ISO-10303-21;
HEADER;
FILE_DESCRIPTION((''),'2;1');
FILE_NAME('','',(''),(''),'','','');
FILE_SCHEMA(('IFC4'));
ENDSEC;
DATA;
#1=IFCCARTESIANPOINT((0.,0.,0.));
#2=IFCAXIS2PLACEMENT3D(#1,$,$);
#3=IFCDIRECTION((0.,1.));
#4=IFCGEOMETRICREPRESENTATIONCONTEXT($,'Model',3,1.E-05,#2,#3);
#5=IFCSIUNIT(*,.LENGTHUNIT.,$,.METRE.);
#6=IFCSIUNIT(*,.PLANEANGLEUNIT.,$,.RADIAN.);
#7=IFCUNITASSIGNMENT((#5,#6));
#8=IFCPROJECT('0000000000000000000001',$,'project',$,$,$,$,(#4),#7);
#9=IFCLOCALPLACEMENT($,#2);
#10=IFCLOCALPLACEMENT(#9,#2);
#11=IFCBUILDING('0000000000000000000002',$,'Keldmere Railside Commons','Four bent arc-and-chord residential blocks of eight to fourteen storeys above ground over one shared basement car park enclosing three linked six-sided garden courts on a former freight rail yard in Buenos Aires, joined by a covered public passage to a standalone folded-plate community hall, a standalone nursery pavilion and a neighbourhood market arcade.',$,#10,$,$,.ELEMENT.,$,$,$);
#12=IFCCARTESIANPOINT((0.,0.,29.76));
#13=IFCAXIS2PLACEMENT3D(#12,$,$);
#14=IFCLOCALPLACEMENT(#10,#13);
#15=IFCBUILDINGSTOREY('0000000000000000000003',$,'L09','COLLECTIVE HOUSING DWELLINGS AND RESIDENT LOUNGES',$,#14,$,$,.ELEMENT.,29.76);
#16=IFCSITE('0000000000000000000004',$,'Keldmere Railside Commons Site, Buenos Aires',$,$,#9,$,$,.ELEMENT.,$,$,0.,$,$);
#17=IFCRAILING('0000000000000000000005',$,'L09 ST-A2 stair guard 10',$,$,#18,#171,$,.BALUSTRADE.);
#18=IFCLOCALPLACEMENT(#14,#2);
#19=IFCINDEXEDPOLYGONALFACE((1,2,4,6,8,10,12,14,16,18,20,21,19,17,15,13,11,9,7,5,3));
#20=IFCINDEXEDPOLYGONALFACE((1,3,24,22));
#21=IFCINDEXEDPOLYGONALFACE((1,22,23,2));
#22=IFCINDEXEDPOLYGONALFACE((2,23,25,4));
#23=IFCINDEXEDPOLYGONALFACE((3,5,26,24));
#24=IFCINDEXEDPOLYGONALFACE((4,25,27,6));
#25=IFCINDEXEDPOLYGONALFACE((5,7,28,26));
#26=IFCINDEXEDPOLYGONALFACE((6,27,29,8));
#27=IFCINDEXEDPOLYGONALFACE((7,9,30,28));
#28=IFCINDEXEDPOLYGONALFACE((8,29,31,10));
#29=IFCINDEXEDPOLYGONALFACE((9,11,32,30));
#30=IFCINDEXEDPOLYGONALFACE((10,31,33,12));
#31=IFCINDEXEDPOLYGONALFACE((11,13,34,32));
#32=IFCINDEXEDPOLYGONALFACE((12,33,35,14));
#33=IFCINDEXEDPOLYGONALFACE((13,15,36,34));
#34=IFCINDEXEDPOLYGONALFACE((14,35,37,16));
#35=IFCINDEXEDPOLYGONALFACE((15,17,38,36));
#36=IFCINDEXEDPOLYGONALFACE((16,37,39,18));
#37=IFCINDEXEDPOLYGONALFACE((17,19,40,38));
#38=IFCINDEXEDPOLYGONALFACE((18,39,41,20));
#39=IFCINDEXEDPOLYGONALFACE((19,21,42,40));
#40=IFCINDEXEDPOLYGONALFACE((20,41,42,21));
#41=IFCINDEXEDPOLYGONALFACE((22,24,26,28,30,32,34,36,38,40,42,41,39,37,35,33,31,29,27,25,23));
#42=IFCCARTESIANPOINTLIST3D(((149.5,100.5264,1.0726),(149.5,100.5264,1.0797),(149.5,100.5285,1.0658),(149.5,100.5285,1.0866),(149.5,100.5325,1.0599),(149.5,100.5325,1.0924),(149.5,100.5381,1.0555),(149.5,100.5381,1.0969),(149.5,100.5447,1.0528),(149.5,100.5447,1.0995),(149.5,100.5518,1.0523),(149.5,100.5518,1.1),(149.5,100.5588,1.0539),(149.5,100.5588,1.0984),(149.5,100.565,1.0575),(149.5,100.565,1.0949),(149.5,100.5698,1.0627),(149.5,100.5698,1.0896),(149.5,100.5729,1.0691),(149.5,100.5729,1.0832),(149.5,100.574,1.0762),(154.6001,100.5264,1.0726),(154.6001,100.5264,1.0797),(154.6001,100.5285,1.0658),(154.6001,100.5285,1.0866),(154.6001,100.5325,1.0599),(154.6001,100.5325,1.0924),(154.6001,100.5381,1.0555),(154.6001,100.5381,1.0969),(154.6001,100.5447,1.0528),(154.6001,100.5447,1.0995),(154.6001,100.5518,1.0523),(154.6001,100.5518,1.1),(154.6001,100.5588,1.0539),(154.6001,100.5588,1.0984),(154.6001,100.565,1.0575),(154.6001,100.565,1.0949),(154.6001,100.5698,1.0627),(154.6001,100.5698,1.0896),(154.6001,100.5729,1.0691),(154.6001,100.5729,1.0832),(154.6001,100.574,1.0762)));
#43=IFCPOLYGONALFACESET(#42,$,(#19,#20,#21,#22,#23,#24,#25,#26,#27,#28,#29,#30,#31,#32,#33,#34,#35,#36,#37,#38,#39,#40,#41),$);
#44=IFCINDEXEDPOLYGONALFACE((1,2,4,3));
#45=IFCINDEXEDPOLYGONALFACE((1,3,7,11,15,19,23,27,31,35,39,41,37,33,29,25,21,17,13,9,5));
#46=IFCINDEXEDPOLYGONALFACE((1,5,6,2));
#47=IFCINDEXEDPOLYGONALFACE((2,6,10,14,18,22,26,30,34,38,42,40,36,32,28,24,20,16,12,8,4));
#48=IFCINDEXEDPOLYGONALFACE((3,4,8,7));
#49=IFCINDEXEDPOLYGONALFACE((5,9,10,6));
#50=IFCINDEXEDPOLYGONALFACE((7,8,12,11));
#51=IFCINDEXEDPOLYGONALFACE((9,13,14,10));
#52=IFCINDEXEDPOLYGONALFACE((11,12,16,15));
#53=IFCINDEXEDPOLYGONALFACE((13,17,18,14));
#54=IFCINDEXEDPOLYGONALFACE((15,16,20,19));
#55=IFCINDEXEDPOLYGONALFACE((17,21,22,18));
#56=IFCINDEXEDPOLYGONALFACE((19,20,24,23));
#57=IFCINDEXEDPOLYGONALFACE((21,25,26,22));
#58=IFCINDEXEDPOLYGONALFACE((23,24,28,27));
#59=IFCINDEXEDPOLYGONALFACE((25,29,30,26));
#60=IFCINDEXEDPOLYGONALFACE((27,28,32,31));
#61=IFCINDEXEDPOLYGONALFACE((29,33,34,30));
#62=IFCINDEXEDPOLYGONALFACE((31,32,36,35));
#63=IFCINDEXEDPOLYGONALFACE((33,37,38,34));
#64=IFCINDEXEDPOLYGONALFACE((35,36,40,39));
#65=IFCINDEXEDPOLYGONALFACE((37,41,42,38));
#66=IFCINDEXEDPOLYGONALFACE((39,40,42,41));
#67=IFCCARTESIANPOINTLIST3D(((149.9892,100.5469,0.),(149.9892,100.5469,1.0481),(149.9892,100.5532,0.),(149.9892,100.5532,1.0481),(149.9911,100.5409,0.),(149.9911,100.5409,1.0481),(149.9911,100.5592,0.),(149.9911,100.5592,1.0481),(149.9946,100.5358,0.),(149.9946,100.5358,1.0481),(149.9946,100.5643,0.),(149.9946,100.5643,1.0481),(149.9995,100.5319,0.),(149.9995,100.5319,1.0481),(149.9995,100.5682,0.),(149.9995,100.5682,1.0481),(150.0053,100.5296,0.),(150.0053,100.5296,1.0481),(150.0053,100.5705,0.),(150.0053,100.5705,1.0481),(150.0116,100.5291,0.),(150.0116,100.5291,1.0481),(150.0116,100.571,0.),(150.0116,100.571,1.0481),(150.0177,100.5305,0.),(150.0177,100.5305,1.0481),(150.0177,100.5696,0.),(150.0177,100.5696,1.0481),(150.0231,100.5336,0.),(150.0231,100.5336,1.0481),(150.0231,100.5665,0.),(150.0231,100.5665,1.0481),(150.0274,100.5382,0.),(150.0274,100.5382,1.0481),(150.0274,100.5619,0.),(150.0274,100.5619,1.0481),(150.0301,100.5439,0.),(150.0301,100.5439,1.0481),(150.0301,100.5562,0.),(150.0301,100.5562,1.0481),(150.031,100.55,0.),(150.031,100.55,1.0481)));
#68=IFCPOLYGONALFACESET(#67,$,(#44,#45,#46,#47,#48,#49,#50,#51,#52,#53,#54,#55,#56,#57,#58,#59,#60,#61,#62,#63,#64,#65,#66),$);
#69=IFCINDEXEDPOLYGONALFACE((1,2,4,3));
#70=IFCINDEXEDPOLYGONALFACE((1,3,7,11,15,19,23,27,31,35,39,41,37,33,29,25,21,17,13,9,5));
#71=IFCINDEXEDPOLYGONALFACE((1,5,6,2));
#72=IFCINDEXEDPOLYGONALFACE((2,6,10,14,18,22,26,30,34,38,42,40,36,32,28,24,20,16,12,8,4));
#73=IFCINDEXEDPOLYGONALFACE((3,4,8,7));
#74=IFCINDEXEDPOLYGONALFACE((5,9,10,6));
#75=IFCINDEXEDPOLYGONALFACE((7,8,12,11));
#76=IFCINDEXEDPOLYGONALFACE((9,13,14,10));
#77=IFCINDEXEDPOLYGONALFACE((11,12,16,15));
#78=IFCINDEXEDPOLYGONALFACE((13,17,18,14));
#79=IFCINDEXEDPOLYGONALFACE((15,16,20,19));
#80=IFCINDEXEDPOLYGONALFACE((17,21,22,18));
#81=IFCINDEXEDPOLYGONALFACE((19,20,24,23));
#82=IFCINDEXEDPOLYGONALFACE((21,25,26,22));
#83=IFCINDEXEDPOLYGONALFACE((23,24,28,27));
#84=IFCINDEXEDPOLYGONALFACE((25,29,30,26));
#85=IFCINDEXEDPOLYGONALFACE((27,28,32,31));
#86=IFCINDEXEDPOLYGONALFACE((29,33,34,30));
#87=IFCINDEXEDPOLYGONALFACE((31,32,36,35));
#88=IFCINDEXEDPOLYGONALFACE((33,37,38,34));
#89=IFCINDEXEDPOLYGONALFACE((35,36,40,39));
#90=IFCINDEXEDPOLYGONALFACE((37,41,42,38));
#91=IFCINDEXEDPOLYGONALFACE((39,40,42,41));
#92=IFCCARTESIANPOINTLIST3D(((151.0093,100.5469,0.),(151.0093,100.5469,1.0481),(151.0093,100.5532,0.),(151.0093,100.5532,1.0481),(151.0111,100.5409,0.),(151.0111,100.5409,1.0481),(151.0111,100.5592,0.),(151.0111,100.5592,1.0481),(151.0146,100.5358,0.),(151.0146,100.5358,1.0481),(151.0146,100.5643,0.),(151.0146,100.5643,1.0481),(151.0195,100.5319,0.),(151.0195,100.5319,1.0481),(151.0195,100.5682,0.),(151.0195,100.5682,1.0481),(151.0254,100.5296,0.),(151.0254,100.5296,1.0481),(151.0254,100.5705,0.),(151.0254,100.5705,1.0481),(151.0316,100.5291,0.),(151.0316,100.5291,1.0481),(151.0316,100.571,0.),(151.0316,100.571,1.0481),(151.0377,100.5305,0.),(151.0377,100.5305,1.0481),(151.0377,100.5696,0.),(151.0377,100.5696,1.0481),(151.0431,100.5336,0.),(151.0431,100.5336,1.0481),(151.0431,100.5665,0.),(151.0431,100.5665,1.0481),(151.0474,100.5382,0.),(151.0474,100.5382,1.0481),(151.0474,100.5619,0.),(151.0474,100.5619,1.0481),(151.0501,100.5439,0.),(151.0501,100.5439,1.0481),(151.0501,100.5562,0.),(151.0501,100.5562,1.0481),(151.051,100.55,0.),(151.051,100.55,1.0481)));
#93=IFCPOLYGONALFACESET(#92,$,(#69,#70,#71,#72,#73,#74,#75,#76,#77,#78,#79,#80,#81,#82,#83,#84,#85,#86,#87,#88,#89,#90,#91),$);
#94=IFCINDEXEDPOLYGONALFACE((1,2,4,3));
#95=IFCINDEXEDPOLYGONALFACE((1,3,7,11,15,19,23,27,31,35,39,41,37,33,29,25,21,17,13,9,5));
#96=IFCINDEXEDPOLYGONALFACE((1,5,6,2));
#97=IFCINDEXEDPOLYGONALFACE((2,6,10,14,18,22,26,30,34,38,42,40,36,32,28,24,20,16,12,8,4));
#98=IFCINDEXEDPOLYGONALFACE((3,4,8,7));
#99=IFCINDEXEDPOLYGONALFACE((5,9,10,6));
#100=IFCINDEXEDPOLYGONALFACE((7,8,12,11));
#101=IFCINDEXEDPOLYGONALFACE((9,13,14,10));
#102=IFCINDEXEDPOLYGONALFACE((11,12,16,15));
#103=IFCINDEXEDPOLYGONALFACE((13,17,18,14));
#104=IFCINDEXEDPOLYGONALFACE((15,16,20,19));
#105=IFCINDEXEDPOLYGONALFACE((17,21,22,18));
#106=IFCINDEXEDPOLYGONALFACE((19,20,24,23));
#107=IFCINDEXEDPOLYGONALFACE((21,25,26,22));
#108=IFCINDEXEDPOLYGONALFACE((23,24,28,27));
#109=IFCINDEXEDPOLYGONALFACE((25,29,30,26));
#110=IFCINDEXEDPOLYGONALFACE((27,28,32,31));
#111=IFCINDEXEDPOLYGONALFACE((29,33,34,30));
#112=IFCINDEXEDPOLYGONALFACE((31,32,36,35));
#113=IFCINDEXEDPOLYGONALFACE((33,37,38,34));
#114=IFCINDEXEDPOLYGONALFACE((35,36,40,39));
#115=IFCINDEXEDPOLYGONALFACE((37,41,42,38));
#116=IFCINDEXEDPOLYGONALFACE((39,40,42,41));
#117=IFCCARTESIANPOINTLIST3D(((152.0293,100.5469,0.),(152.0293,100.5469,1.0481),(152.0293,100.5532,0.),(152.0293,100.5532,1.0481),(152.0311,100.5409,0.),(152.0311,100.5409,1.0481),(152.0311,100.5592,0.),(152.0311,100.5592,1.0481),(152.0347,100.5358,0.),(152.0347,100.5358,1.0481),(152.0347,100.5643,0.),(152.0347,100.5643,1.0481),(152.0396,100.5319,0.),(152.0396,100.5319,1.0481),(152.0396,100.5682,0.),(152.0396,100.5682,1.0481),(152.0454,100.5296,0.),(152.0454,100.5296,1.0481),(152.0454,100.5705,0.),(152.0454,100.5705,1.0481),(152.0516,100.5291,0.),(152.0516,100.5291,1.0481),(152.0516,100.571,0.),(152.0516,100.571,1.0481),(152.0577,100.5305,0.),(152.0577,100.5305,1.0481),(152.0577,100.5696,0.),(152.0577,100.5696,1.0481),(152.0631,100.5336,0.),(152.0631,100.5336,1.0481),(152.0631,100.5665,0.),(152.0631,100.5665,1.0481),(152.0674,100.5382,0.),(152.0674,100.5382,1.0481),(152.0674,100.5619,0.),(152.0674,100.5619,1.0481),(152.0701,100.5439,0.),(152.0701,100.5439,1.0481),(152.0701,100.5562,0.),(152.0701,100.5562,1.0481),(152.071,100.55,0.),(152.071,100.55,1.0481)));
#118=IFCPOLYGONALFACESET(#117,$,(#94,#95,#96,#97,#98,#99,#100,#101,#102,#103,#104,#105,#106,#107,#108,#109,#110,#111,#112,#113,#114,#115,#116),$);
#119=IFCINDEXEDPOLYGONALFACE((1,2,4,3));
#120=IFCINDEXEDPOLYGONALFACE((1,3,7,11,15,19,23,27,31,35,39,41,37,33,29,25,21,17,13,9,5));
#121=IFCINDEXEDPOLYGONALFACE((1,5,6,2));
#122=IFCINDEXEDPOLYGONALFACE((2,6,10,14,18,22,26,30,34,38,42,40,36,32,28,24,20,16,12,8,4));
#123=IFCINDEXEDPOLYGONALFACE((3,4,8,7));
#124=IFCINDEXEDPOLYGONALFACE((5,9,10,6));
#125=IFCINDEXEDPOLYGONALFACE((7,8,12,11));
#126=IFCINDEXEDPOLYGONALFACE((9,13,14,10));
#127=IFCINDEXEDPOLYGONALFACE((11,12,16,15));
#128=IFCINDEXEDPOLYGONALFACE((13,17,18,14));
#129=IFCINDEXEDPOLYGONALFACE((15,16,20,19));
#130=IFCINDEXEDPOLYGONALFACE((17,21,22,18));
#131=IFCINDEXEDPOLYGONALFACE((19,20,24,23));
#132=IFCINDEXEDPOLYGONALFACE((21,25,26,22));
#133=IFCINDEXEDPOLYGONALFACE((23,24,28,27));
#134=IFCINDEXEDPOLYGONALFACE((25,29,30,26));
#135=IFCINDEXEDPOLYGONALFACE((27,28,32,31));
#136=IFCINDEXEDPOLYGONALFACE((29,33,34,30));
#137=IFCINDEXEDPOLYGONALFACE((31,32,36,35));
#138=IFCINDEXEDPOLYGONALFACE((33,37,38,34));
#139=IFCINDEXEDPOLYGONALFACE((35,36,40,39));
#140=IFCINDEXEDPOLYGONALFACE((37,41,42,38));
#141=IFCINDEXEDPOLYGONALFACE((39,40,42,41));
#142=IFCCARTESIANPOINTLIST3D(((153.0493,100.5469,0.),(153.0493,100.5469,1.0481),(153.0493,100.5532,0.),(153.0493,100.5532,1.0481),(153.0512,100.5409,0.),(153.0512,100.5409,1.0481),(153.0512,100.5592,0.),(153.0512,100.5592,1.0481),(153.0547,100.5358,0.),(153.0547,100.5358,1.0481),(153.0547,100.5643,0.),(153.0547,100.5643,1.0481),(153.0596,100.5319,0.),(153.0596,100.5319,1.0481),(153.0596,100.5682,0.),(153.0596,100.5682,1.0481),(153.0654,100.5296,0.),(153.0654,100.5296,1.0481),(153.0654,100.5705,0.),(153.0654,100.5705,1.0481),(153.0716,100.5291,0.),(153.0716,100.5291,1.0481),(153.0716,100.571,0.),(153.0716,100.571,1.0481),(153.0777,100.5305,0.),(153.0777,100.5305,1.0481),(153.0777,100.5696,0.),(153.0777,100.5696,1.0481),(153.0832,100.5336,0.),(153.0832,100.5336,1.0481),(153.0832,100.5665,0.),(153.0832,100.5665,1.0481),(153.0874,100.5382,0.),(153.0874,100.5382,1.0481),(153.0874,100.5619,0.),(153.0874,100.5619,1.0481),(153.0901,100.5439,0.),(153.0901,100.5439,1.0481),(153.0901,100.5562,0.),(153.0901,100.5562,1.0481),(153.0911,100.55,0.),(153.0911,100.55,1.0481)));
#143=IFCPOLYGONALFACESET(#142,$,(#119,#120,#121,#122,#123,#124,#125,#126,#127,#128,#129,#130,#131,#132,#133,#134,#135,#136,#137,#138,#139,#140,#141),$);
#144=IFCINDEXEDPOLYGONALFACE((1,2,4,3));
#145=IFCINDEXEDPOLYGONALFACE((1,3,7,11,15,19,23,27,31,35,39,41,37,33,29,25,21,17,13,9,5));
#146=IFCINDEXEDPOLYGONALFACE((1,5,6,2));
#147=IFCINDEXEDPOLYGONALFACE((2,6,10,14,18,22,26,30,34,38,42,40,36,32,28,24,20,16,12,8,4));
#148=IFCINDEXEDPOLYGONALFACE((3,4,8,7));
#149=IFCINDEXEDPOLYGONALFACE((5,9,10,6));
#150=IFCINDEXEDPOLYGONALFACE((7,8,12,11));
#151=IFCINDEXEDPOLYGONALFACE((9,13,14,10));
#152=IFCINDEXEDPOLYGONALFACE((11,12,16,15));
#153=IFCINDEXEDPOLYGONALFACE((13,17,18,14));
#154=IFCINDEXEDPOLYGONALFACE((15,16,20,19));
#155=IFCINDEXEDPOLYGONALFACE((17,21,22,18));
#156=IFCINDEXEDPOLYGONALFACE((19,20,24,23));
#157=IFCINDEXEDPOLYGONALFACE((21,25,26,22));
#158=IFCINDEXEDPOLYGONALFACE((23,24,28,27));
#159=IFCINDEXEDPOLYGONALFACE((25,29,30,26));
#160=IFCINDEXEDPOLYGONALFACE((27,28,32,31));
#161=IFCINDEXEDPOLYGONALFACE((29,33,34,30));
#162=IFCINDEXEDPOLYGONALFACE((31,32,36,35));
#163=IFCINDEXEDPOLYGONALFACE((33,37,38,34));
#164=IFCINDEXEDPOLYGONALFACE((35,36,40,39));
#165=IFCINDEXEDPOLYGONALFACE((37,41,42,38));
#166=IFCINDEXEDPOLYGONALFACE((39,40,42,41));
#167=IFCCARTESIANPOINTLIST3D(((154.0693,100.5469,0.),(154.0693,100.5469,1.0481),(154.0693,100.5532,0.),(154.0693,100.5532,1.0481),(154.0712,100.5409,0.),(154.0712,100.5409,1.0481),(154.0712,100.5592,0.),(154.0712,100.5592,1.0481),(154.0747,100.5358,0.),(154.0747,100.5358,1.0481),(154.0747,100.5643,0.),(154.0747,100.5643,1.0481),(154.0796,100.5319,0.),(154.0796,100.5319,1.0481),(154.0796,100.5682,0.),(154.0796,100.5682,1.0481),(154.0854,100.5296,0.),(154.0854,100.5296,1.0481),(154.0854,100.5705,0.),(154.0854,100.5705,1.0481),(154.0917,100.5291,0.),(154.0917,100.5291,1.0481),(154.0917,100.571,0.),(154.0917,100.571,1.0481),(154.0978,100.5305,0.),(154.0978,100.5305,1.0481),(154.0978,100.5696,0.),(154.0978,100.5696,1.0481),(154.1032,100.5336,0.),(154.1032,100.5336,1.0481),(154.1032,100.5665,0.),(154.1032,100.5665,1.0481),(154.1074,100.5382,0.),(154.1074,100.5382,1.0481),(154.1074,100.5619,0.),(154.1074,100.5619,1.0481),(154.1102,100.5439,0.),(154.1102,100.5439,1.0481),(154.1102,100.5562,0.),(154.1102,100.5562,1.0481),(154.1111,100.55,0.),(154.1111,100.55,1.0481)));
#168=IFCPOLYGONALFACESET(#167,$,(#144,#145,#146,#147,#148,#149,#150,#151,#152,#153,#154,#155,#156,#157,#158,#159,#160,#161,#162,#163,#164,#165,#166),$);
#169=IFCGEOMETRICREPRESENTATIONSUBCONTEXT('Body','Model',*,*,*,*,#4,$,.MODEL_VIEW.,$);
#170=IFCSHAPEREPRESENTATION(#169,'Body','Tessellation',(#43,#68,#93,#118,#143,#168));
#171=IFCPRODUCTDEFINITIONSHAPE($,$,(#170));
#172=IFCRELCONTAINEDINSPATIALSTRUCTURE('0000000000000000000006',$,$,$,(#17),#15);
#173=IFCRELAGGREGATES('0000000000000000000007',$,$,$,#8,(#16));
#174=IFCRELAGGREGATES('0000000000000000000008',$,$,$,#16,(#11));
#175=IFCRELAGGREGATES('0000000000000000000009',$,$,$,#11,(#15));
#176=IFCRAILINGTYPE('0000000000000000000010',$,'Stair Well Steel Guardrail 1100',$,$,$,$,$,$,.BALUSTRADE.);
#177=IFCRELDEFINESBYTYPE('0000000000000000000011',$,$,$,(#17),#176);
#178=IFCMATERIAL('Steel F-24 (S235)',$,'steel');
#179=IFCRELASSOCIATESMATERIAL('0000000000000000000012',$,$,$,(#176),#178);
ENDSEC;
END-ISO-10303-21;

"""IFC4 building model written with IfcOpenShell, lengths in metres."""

from ifc_helpers import new_model, si_unit, direction, frame, origin, origin_2d, place, context, subcontext, project, spatial, circle, extrude, material, type_object, element, save


model = new_model("IFC4")

# Units and contexts
model_context = context("Model", 3, precision=1e-05, world=origin(), true_north=direction((0.0, 1.0)))
body_context = subcontext(model_context, "Body", "Model", "MODEL_VIEW")
ifc_project = project(units=[si_unit("LENGTHUNIT", "METRE"), si_unit("PLANEANGLEUNIT", "RADIAN")], contexts=[model_context])

# Site, building, storey
site_placement = place(None, origin())
site = spatial("IfcSite", under=ifc_project, at=site_placement, Name="Keldmere Railside Commons Site, Buenos Aires", CompositionType="ELEMENT", RefElevation=0.0)
building_placement = place(site_placement, origin())
building = spatial("IfcBuilding", under=site, at=building_placement, Name="Keldmere Railside Commons", Description="Four bent arc-and-chord residential blocks of eight to fourteen storeys above ground over one shared basement car park enclosing three linked six-sided garden courts on a former freight rail yard in Buenos Aires, joined by a covered public passage to a standalone folded-plate community hall, a standalone nursery pavilion and a neighbourhood market arcade.", CompositionType="ELEMENT")
storey_placement = place(building_placement, frame((0.0, 0.0, 29.76)))
storey = spatial("IfcBuildingStorey", under=building, at=storey_placement, Name="L09", Description="COLLECTIVE HOUSING DWELLINGS AND RESIDENT LOUNGES", CompositionType="ELEMENT", Elevation=29.76)

# Railing
ifc_material_1 = material(Name="Steel F-24 (S235)", Category="steel")
railing_type_1 = type_object("IfcRailingType", Name="Stair Well Steel Guardrail 1100", PredefinedType="BALUSTRADE", material=ifc_material_1)
for number, where, name in (
    (1, (149.5, 100.55, 0.0), "L09 ST-A2 stair guard 10"),
):
    element("IfcRailing", number, at=place(storey_placement, frame(where)), inside=storey, type_object=railing_type_1, Name=name, PredefinedType="BALUSTRADE", context=body_context, shape_type="SweptSolid", body=[
        extrude(circle(Radius=0.0239, at=origin_2d()), frame((0.0, 0.0, 1.0762), z_axis=(1.0, 0.0, 0.0), x_axis=(0.0, 1.0, 0.0)), (0.0, 0.0, 1.0), 5.1001),
        extrude(circle(Radius=0.021, at=origin_2d()), frame((0.51, 0.0, 0.0)), (0.0, 0.0, 1.0), 1.0481),
        extrude(circle(Radius=0.021, at=origin_2d()), frame((1.53, 0.0, 0.0)), (0.0, 0.0, 1.0), 1.0481),
        extrude(circle(Radius=0.021, at=origin_2d()), frame((2.55, 0.0, 0.0)), (0.0, 0.0, 1.0), 1.0481),
        extrude(circle(Radius=0.021, at=origin_2d()), frame((3.5701, 0.0, 0.0)), (0.0, 0.0, 1.0), 1.0481),
        extrude(circle(Radius=0.021, at=origin_2d()), frame((4.5901, 0.0, 0.0)), (0.0, 0.0, 1.0), 1.0481),
    ])

save(model, "model.ifc")
